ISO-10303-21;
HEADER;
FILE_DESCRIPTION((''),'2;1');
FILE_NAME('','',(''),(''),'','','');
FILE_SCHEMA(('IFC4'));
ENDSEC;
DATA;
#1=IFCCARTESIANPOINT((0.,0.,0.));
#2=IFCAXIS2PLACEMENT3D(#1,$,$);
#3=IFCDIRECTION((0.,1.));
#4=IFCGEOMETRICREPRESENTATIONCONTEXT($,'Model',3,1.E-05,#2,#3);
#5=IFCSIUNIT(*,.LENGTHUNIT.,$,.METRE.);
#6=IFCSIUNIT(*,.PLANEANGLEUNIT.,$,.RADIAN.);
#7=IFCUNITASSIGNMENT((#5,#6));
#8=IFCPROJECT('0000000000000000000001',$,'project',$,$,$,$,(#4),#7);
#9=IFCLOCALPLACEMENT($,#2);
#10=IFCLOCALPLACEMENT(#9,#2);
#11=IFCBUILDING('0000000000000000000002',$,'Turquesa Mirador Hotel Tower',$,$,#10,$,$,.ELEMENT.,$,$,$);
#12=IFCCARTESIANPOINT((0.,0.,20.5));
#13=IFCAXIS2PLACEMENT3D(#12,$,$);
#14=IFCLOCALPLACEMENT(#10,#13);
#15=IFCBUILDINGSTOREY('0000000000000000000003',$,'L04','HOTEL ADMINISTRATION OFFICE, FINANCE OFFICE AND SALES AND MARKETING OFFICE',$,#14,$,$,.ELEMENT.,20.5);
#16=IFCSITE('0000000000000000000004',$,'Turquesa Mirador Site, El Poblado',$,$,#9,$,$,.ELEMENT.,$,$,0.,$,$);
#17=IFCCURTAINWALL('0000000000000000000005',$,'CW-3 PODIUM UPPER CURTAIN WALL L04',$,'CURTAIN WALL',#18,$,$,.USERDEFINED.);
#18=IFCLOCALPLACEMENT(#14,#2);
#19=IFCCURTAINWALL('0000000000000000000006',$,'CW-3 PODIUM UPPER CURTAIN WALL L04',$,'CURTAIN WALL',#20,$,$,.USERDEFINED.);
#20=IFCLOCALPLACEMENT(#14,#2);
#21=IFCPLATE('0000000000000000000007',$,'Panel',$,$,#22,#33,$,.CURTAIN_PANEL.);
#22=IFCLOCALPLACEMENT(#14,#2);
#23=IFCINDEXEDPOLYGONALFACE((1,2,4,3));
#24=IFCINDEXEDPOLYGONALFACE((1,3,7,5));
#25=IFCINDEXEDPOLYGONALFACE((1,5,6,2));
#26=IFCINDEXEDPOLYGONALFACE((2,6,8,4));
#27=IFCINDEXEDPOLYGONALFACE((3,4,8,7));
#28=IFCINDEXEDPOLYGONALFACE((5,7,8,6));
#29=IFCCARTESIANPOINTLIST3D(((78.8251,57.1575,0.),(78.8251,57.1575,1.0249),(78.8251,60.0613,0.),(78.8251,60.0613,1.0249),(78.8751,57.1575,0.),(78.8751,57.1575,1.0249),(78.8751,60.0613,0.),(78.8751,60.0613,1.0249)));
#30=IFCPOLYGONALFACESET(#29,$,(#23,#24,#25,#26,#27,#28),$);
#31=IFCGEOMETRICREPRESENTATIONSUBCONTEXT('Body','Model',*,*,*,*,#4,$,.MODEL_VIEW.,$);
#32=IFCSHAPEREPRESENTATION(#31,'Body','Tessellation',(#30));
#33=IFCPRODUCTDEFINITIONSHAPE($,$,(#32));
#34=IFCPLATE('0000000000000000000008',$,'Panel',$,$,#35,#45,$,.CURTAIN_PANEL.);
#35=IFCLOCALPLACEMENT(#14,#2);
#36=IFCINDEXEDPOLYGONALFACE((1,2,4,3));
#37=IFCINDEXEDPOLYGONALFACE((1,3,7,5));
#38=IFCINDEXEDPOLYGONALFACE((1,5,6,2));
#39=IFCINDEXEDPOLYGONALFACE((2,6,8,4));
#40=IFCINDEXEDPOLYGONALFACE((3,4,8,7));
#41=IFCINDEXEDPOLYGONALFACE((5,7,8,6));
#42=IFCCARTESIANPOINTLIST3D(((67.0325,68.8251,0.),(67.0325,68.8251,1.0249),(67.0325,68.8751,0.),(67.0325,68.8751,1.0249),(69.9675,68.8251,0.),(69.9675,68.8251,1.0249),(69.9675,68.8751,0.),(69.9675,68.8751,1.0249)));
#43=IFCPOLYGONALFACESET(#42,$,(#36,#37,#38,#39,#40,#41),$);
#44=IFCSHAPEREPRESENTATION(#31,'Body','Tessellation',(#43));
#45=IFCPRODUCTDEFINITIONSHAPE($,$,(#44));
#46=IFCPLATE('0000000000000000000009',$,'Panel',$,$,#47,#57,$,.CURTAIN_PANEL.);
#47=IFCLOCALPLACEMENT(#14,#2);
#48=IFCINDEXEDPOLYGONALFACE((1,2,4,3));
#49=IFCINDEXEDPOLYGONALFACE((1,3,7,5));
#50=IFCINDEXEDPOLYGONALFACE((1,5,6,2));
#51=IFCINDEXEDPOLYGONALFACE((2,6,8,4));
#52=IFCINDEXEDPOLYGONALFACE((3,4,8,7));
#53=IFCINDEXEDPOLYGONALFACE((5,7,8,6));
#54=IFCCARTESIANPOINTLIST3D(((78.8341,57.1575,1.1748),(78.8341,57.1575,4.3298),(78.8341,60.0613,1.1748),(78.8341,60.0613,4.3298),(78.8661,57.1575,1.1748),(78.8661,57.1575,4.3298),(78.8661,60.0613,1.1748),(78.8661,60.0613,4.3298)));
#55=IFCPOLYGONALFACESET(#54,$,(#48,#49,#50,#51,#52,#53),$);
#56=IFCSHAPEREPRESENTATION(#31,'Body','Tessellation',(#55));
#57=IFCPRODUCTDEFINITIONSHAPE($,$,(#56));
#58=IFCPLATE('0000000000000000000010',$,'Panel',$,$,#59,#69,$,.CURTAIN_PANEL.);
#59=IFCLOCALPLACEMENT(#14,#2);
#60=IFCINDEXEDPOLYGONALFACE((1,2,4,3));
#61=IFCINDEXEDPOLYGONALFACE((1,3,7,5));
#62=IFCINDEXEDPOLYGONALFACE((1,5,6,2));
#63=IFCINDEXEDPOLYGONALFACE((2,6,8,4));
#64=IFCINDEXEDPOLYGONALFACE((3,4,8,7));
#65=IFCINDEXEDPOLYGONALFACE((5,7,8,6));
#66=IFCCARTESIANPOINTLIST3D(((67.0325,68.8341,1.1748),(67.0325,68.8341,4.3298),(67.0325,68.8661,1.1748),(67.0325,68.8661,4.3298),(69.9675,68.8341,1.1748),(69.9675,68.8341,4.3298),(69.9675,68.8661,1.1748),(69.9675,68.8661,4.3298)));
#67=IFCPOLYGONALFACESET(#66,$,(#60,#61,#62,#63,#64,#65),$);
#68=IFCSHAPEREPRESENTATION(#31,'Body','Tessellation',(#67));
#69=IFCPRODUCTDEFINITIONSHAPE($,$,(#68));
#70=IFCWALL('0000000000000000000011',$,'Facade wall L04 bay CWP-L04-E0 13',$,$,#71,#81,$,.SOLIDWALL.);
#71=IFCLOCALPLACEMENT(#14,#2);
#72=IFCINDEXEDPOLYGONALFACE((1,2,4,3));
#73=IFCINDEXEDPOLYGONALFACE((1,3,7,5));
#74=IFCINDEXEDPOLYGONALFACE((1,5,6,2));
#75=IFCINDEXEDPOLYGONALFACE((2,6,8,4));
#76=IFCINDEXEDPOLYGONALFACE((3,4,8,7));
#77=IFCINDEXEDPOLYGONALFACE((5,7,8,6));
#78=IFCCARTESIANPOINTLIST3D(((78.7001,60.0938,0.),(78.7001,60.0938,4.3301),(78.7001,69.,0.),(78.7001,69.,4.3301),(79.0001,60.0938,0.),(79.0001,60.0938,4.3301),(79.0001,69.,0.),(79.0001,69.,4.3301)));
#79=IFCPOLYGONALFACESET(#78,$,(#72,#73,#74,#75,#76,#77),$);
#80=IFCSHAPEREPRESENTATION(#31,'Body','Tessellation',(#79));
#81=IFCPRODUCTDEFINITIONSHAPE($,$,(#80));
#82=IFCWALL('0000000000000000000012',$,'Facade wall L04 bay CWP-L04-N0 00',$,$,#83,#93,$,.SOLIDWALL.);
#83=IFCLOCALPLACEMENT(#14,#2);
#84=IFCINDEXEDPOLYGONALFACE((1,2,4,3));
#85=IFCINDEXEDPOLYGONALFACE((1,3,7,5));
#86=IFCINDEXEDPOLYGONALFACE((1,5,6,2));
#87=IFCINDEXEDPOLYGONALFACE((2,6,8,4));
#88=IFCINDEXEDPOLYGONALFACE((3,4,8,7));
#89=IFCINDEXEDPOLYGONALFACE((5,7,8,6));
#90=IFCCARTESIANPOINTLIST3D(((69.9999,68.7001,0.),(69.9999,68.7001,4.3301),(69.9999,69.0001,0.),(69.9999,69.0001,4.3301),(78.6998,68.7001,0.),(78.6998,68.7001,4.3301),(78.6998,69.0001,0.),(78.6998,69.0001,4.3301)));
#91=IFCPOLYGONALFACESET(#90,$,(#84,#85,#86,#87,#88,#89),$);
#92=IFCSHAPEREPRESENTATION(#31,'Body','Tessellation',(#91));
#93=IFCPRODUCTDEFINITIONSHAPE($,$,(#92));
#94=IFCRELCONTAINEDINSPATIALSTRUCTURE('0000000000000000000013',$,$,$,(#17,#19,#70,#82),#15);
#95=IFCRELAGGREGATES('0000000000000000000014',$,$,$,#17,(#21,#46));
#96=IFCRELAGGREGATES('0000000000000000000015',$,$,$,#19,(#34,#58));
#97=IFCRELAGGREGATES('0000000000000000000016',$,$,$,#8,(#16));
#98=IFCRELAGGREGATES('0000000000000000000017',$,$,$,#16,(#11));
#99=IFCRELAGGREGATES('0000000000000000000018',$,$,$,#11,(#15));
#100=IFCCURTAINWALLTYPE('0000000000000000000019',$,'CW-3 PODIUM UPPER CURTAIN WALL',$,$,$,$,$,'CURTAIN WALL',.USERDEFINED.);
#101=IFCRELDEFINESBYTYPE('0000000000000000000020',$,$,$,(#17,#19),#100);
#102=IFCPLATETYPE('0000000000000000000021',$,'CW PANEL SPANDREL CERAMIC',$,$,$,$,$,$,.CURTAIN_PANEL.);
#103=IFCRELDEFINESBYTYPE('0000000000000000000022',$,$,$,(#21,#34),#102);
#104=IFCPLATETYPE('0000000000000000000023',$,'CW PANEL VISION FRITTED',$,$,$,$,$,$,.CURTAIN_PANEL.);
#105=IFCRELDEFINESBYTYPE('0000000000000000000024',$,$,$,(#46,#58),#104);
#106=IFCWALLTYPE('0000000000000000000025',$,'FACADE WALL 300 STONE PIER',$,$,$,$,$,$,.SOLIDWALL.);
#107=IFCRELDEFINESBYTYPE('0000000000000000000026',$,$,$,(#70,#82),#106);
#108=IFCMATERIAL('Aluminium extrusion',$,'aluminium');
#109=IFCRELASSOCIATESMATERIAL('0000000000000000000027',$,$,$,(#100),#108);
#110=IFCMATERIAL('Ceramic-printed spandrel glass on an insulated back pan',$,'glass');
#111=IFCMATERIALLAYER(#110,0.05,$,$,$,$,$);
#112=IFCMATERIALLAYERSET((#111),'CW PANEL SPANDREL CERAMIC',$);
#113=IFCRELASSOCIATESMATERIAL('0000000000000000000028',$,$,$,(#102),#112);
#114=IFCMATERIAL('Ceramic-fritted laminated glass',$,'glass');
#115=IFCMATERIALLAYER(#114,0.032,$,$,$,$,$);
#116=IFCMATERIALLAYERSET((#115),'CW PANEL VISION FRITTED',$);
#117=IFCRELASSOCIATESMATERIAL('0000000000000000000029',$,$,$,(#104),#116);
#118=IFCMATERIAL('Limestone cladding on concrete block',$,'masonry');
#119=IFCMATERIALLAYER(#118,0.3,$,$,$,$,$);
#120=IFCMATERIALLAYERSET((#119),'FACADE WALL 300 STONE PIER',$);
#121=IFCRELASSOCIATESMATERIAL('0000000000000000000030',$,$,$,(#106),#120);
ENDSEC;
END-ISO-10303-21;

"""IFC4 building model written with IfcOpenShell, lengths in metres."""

from ifc_helpers import new_model, si_unit, direction, frame, frame_2d, origin, origin_2d, place, context, subcontext, project, spatial, rectangle, extrude, material, layer, layer_set, type_object, element, aggregate, save


model = new_model("IFC4")

# Units and contexts
model_context = context("Model", 3, precision=1e-05, world=origin(), true_north=direction((0.0, 1.0)))
body_context = subcontext(model_context, "Body", "Model", "MODEL_VIEW")
ifc_project = project(units=[si_unit("LENGTHUNIT", "METRE"), si_unit("PLANEANGLEUNIT", "RADIAN")], contexts=[model_context])

# Site, building, storey
site_placement = place(None, origin())
site = spatial("IfcSite", under=ifc_project, at=site_placement, Name="Turquesa Mirador Site, El Poblado", CompositionType="ELEMENT", RefElevation=0.0)
building_placement = place(site_placement, origin())
building = spatial("IfcBuilding", under=site, at=building_placement, Name="Turquesa Mirador Hotel Tower", CompositionType="ELEMENT")
storey_placement = place(building_placement, frame((0.0, 0.0, 20.5)))
storey = spatial("IfcBuildingStorey", under=building, at=storey_placement, Name="L04", Description="HOTEL ADMINISTRATION OFFICE, FINANCE OFFICE AND SALES AND MARKETING OFFICE", CompositionType="ELEMENT", Elevation=20.5)

# Curtain walls
ifc_material_1 = material(Name="Aluminium extrusion", Category="aluminium")
curtain_wall_type = type_object("IfcCurtainWallType", Name="CW-3 PODIUM UPPER CURTAIN WALL", ElementType="CURTAIN WALL", PredefinedType="USERDEFINED", material=ifc_material_1)
curtain_wall_1_placement = place(storey_placement, origin())
curtain_wall_1 = element("IfcCurtainWall", 1, at=curtain_wall_1_placement, inside=storey, type_object=curtain_wall_type, Name="CW-3 PODIUM UPPER CURTAIN WALL L04", ObjectType="CURTAIN WALL", PredefinedType="USERDEFINED")
curtain_wall_2_placement = place(storey_placement, origin())
curtain_wall_2 = element("IfcCurtainWall", 2, at=curtain_wall_2_placement, inside=storey, type_object=curtain_wall_type, Name="CW-3 PODIUM UPPER CURTAIN WALL L04", ObjectType="CURTAIN WALL", PredefinedType="USERDEFINED")

# Plates
ifc_material_2 = material(Name="Ceramic-printed spandrel glass on an insulated back pan", Category="glass")
ifc_layer_1 = layer(ifc_material_2, 0.05)
ifc_layer_set_1 = layer_set([ifc_layer_1], Name="CW PANEL SPANDREL CERAMIC")
plate_type_1 = type_object("IfcPlateType", Name="CW PANEL SPANDREL CERAMIC", PredefinedType="CURTAIN_PANEL", material=ifc_layer_set_1)
plate_1_placement = place(storey_placement, frame((78.8501, 58.6094, 0.0), z_axis=(0.0, 0.0, 1.0), x_axis=(0.0, 1.0, 0.0)))
plate_1 = element("IfcPlate", 3, at=plate_1_placement, type_object=plate_type_1, Name="Panel", PredefinedType="CURTAIN_PANEL", context=body_context, shape_type="SweptSolid", body=[
    extrude(rectangle(XDim=2.9038, YDim=0.05, at=origin_2d()), origin(), (0.0, 0.0, 1.0), 1.0249),
])
plate_2_placement = place(storey_placement, frame((68.5, 68.8501, 0.0), z_axis=(0.0, 0.0, 1.0), x_axis=(-1.0, 0.0, 0.0)))
plate_2 = element("IfcPlate", 4, at=plate_2_placement, type_object=plate_type_1, Name="Panel", PredefinedType="CURTAIN_PANEL", context=body_context, shape_type="SweptSolid", body=[
    extrude(rectangle(XDim=2.9351, YDim=0.05, at=origin_2d()), origin(), (0.0, 0.0, 1.0), 1.0249),
])
ifc_material_3 = material(Name="Ceramic-fritted laminated glass", Category="glass")
ifc_layer_2 = layer(ifc_material_3, 0.032)
ifc_layer_set_2 = layer_set([ifc_layer_2], Name="CW PANEL VISION FRITTED")
plate_type_2 = type_object("IfcPlateType", Name="CW PANEL VISION FRITTED", PredefinedType="CURTAIN_PANEL", material=ifc_layer_set_2)
plate_3_placement = place(storey_placement, frame((78.8501, 58.6094, 1.1748), z_axis=(0.0, 0.0, 1.0), x_axis=(0.0, 1.0, 0.0)))
plate_3 = element("IfcPlate", 5, at=plate_3_placement, type_object=plate_type_2, Name="Panel", PredefinedType="CURTAIN_PANEL", context=body_context, shape_type="SweptSolid", body=[
    extrude(rectangle(XDim=2.9038, YDim=0.032, at=origin_2d()), origin(), (0.0, 0.0, 1.0), 3.155),
])
aggregate(curtain_wall_1, [plate_1, plate_3])
plate_4_placement = place(storey_placement, frame((68.5, 68.8501, 1.1748), z_axis=(0.0, 0.0, 1.0), x_axis=(-1.0, 0.0, 0.0)))
plate_4 = element("IfcPlate", 6, at=plate_4_placement, type_object=plate_type_2, Name="Panel", PredefinedType="CURTAIN_PANEL", context=body_context, shape_type="SweptSolid", body=[
    extrude(rectangle(XDim=2.9351, YDim=0.032, at=origin_2d()), origin(), (0.0, 0.0, 1.0), 3.155),
])
aggregate(curtain_wall_2, [plate_2, plate_4])

# Walls
ifc_material_4 = material(Name="Limestone cladding on concrete block", Category="masonry")
ifc_layer_3 = layer(ifc_material_4, 0.3)
ifc_layer_set_3 = layer_set([ifc_layer_3], Name="FACADE WALL 300 STONE PIER")
wall_type = type_object("IfcWallType", Name="FACADE WALL 300 STONE PIER", PredefinedType="SOLIDWALL", material=ifc_layer_set_3)
wall_1_placement = place(storey_placement, frame((78.8501, 60.0938, 0.0), z_axis=(0.0, 0.0, 1.0), x_axis=(0.0, 1.0, 0.0)))
element("IfcWall", 7, at=wall_1_placement, inside=storey, type_object=wall_type, Name="Facade wall L04 bay CWP-L04-E0 13", PredefinedType="SOLIDWALL", context=body_context, shape_type="SweptSolid", body=[
    extrude(rectangle(XDim=8.9062, YDim=0.3, at=frame_2d((4.4531, 0.0))), origin(), (0.0, 0.0, 1.0), 4.3301),
])
wall_2_placement = place(storey_placement, frame((78.7, 68.8501, 0.0), z_axis=(0.0, 0.0, 1.0), x_axis=(-1.0, 0.0, 0.0)))
element("IfcWall", 8, at=wall_2_placement, inside=storey, type_object=wall_type, Name="Facade wall L04 bay CWP-L04-N0 00", PredefinedType="SOLIDWALL", context=body_context, shape_type="SweptSolid", body=[
    extrude(rectangle(XDim=8.7, YDim=0.3, at=frame_2d((4.3501, 0.0))), origin(), (0.0, 0.0, 1.0), 4.3301),
])

save(model, "model.ifc")
